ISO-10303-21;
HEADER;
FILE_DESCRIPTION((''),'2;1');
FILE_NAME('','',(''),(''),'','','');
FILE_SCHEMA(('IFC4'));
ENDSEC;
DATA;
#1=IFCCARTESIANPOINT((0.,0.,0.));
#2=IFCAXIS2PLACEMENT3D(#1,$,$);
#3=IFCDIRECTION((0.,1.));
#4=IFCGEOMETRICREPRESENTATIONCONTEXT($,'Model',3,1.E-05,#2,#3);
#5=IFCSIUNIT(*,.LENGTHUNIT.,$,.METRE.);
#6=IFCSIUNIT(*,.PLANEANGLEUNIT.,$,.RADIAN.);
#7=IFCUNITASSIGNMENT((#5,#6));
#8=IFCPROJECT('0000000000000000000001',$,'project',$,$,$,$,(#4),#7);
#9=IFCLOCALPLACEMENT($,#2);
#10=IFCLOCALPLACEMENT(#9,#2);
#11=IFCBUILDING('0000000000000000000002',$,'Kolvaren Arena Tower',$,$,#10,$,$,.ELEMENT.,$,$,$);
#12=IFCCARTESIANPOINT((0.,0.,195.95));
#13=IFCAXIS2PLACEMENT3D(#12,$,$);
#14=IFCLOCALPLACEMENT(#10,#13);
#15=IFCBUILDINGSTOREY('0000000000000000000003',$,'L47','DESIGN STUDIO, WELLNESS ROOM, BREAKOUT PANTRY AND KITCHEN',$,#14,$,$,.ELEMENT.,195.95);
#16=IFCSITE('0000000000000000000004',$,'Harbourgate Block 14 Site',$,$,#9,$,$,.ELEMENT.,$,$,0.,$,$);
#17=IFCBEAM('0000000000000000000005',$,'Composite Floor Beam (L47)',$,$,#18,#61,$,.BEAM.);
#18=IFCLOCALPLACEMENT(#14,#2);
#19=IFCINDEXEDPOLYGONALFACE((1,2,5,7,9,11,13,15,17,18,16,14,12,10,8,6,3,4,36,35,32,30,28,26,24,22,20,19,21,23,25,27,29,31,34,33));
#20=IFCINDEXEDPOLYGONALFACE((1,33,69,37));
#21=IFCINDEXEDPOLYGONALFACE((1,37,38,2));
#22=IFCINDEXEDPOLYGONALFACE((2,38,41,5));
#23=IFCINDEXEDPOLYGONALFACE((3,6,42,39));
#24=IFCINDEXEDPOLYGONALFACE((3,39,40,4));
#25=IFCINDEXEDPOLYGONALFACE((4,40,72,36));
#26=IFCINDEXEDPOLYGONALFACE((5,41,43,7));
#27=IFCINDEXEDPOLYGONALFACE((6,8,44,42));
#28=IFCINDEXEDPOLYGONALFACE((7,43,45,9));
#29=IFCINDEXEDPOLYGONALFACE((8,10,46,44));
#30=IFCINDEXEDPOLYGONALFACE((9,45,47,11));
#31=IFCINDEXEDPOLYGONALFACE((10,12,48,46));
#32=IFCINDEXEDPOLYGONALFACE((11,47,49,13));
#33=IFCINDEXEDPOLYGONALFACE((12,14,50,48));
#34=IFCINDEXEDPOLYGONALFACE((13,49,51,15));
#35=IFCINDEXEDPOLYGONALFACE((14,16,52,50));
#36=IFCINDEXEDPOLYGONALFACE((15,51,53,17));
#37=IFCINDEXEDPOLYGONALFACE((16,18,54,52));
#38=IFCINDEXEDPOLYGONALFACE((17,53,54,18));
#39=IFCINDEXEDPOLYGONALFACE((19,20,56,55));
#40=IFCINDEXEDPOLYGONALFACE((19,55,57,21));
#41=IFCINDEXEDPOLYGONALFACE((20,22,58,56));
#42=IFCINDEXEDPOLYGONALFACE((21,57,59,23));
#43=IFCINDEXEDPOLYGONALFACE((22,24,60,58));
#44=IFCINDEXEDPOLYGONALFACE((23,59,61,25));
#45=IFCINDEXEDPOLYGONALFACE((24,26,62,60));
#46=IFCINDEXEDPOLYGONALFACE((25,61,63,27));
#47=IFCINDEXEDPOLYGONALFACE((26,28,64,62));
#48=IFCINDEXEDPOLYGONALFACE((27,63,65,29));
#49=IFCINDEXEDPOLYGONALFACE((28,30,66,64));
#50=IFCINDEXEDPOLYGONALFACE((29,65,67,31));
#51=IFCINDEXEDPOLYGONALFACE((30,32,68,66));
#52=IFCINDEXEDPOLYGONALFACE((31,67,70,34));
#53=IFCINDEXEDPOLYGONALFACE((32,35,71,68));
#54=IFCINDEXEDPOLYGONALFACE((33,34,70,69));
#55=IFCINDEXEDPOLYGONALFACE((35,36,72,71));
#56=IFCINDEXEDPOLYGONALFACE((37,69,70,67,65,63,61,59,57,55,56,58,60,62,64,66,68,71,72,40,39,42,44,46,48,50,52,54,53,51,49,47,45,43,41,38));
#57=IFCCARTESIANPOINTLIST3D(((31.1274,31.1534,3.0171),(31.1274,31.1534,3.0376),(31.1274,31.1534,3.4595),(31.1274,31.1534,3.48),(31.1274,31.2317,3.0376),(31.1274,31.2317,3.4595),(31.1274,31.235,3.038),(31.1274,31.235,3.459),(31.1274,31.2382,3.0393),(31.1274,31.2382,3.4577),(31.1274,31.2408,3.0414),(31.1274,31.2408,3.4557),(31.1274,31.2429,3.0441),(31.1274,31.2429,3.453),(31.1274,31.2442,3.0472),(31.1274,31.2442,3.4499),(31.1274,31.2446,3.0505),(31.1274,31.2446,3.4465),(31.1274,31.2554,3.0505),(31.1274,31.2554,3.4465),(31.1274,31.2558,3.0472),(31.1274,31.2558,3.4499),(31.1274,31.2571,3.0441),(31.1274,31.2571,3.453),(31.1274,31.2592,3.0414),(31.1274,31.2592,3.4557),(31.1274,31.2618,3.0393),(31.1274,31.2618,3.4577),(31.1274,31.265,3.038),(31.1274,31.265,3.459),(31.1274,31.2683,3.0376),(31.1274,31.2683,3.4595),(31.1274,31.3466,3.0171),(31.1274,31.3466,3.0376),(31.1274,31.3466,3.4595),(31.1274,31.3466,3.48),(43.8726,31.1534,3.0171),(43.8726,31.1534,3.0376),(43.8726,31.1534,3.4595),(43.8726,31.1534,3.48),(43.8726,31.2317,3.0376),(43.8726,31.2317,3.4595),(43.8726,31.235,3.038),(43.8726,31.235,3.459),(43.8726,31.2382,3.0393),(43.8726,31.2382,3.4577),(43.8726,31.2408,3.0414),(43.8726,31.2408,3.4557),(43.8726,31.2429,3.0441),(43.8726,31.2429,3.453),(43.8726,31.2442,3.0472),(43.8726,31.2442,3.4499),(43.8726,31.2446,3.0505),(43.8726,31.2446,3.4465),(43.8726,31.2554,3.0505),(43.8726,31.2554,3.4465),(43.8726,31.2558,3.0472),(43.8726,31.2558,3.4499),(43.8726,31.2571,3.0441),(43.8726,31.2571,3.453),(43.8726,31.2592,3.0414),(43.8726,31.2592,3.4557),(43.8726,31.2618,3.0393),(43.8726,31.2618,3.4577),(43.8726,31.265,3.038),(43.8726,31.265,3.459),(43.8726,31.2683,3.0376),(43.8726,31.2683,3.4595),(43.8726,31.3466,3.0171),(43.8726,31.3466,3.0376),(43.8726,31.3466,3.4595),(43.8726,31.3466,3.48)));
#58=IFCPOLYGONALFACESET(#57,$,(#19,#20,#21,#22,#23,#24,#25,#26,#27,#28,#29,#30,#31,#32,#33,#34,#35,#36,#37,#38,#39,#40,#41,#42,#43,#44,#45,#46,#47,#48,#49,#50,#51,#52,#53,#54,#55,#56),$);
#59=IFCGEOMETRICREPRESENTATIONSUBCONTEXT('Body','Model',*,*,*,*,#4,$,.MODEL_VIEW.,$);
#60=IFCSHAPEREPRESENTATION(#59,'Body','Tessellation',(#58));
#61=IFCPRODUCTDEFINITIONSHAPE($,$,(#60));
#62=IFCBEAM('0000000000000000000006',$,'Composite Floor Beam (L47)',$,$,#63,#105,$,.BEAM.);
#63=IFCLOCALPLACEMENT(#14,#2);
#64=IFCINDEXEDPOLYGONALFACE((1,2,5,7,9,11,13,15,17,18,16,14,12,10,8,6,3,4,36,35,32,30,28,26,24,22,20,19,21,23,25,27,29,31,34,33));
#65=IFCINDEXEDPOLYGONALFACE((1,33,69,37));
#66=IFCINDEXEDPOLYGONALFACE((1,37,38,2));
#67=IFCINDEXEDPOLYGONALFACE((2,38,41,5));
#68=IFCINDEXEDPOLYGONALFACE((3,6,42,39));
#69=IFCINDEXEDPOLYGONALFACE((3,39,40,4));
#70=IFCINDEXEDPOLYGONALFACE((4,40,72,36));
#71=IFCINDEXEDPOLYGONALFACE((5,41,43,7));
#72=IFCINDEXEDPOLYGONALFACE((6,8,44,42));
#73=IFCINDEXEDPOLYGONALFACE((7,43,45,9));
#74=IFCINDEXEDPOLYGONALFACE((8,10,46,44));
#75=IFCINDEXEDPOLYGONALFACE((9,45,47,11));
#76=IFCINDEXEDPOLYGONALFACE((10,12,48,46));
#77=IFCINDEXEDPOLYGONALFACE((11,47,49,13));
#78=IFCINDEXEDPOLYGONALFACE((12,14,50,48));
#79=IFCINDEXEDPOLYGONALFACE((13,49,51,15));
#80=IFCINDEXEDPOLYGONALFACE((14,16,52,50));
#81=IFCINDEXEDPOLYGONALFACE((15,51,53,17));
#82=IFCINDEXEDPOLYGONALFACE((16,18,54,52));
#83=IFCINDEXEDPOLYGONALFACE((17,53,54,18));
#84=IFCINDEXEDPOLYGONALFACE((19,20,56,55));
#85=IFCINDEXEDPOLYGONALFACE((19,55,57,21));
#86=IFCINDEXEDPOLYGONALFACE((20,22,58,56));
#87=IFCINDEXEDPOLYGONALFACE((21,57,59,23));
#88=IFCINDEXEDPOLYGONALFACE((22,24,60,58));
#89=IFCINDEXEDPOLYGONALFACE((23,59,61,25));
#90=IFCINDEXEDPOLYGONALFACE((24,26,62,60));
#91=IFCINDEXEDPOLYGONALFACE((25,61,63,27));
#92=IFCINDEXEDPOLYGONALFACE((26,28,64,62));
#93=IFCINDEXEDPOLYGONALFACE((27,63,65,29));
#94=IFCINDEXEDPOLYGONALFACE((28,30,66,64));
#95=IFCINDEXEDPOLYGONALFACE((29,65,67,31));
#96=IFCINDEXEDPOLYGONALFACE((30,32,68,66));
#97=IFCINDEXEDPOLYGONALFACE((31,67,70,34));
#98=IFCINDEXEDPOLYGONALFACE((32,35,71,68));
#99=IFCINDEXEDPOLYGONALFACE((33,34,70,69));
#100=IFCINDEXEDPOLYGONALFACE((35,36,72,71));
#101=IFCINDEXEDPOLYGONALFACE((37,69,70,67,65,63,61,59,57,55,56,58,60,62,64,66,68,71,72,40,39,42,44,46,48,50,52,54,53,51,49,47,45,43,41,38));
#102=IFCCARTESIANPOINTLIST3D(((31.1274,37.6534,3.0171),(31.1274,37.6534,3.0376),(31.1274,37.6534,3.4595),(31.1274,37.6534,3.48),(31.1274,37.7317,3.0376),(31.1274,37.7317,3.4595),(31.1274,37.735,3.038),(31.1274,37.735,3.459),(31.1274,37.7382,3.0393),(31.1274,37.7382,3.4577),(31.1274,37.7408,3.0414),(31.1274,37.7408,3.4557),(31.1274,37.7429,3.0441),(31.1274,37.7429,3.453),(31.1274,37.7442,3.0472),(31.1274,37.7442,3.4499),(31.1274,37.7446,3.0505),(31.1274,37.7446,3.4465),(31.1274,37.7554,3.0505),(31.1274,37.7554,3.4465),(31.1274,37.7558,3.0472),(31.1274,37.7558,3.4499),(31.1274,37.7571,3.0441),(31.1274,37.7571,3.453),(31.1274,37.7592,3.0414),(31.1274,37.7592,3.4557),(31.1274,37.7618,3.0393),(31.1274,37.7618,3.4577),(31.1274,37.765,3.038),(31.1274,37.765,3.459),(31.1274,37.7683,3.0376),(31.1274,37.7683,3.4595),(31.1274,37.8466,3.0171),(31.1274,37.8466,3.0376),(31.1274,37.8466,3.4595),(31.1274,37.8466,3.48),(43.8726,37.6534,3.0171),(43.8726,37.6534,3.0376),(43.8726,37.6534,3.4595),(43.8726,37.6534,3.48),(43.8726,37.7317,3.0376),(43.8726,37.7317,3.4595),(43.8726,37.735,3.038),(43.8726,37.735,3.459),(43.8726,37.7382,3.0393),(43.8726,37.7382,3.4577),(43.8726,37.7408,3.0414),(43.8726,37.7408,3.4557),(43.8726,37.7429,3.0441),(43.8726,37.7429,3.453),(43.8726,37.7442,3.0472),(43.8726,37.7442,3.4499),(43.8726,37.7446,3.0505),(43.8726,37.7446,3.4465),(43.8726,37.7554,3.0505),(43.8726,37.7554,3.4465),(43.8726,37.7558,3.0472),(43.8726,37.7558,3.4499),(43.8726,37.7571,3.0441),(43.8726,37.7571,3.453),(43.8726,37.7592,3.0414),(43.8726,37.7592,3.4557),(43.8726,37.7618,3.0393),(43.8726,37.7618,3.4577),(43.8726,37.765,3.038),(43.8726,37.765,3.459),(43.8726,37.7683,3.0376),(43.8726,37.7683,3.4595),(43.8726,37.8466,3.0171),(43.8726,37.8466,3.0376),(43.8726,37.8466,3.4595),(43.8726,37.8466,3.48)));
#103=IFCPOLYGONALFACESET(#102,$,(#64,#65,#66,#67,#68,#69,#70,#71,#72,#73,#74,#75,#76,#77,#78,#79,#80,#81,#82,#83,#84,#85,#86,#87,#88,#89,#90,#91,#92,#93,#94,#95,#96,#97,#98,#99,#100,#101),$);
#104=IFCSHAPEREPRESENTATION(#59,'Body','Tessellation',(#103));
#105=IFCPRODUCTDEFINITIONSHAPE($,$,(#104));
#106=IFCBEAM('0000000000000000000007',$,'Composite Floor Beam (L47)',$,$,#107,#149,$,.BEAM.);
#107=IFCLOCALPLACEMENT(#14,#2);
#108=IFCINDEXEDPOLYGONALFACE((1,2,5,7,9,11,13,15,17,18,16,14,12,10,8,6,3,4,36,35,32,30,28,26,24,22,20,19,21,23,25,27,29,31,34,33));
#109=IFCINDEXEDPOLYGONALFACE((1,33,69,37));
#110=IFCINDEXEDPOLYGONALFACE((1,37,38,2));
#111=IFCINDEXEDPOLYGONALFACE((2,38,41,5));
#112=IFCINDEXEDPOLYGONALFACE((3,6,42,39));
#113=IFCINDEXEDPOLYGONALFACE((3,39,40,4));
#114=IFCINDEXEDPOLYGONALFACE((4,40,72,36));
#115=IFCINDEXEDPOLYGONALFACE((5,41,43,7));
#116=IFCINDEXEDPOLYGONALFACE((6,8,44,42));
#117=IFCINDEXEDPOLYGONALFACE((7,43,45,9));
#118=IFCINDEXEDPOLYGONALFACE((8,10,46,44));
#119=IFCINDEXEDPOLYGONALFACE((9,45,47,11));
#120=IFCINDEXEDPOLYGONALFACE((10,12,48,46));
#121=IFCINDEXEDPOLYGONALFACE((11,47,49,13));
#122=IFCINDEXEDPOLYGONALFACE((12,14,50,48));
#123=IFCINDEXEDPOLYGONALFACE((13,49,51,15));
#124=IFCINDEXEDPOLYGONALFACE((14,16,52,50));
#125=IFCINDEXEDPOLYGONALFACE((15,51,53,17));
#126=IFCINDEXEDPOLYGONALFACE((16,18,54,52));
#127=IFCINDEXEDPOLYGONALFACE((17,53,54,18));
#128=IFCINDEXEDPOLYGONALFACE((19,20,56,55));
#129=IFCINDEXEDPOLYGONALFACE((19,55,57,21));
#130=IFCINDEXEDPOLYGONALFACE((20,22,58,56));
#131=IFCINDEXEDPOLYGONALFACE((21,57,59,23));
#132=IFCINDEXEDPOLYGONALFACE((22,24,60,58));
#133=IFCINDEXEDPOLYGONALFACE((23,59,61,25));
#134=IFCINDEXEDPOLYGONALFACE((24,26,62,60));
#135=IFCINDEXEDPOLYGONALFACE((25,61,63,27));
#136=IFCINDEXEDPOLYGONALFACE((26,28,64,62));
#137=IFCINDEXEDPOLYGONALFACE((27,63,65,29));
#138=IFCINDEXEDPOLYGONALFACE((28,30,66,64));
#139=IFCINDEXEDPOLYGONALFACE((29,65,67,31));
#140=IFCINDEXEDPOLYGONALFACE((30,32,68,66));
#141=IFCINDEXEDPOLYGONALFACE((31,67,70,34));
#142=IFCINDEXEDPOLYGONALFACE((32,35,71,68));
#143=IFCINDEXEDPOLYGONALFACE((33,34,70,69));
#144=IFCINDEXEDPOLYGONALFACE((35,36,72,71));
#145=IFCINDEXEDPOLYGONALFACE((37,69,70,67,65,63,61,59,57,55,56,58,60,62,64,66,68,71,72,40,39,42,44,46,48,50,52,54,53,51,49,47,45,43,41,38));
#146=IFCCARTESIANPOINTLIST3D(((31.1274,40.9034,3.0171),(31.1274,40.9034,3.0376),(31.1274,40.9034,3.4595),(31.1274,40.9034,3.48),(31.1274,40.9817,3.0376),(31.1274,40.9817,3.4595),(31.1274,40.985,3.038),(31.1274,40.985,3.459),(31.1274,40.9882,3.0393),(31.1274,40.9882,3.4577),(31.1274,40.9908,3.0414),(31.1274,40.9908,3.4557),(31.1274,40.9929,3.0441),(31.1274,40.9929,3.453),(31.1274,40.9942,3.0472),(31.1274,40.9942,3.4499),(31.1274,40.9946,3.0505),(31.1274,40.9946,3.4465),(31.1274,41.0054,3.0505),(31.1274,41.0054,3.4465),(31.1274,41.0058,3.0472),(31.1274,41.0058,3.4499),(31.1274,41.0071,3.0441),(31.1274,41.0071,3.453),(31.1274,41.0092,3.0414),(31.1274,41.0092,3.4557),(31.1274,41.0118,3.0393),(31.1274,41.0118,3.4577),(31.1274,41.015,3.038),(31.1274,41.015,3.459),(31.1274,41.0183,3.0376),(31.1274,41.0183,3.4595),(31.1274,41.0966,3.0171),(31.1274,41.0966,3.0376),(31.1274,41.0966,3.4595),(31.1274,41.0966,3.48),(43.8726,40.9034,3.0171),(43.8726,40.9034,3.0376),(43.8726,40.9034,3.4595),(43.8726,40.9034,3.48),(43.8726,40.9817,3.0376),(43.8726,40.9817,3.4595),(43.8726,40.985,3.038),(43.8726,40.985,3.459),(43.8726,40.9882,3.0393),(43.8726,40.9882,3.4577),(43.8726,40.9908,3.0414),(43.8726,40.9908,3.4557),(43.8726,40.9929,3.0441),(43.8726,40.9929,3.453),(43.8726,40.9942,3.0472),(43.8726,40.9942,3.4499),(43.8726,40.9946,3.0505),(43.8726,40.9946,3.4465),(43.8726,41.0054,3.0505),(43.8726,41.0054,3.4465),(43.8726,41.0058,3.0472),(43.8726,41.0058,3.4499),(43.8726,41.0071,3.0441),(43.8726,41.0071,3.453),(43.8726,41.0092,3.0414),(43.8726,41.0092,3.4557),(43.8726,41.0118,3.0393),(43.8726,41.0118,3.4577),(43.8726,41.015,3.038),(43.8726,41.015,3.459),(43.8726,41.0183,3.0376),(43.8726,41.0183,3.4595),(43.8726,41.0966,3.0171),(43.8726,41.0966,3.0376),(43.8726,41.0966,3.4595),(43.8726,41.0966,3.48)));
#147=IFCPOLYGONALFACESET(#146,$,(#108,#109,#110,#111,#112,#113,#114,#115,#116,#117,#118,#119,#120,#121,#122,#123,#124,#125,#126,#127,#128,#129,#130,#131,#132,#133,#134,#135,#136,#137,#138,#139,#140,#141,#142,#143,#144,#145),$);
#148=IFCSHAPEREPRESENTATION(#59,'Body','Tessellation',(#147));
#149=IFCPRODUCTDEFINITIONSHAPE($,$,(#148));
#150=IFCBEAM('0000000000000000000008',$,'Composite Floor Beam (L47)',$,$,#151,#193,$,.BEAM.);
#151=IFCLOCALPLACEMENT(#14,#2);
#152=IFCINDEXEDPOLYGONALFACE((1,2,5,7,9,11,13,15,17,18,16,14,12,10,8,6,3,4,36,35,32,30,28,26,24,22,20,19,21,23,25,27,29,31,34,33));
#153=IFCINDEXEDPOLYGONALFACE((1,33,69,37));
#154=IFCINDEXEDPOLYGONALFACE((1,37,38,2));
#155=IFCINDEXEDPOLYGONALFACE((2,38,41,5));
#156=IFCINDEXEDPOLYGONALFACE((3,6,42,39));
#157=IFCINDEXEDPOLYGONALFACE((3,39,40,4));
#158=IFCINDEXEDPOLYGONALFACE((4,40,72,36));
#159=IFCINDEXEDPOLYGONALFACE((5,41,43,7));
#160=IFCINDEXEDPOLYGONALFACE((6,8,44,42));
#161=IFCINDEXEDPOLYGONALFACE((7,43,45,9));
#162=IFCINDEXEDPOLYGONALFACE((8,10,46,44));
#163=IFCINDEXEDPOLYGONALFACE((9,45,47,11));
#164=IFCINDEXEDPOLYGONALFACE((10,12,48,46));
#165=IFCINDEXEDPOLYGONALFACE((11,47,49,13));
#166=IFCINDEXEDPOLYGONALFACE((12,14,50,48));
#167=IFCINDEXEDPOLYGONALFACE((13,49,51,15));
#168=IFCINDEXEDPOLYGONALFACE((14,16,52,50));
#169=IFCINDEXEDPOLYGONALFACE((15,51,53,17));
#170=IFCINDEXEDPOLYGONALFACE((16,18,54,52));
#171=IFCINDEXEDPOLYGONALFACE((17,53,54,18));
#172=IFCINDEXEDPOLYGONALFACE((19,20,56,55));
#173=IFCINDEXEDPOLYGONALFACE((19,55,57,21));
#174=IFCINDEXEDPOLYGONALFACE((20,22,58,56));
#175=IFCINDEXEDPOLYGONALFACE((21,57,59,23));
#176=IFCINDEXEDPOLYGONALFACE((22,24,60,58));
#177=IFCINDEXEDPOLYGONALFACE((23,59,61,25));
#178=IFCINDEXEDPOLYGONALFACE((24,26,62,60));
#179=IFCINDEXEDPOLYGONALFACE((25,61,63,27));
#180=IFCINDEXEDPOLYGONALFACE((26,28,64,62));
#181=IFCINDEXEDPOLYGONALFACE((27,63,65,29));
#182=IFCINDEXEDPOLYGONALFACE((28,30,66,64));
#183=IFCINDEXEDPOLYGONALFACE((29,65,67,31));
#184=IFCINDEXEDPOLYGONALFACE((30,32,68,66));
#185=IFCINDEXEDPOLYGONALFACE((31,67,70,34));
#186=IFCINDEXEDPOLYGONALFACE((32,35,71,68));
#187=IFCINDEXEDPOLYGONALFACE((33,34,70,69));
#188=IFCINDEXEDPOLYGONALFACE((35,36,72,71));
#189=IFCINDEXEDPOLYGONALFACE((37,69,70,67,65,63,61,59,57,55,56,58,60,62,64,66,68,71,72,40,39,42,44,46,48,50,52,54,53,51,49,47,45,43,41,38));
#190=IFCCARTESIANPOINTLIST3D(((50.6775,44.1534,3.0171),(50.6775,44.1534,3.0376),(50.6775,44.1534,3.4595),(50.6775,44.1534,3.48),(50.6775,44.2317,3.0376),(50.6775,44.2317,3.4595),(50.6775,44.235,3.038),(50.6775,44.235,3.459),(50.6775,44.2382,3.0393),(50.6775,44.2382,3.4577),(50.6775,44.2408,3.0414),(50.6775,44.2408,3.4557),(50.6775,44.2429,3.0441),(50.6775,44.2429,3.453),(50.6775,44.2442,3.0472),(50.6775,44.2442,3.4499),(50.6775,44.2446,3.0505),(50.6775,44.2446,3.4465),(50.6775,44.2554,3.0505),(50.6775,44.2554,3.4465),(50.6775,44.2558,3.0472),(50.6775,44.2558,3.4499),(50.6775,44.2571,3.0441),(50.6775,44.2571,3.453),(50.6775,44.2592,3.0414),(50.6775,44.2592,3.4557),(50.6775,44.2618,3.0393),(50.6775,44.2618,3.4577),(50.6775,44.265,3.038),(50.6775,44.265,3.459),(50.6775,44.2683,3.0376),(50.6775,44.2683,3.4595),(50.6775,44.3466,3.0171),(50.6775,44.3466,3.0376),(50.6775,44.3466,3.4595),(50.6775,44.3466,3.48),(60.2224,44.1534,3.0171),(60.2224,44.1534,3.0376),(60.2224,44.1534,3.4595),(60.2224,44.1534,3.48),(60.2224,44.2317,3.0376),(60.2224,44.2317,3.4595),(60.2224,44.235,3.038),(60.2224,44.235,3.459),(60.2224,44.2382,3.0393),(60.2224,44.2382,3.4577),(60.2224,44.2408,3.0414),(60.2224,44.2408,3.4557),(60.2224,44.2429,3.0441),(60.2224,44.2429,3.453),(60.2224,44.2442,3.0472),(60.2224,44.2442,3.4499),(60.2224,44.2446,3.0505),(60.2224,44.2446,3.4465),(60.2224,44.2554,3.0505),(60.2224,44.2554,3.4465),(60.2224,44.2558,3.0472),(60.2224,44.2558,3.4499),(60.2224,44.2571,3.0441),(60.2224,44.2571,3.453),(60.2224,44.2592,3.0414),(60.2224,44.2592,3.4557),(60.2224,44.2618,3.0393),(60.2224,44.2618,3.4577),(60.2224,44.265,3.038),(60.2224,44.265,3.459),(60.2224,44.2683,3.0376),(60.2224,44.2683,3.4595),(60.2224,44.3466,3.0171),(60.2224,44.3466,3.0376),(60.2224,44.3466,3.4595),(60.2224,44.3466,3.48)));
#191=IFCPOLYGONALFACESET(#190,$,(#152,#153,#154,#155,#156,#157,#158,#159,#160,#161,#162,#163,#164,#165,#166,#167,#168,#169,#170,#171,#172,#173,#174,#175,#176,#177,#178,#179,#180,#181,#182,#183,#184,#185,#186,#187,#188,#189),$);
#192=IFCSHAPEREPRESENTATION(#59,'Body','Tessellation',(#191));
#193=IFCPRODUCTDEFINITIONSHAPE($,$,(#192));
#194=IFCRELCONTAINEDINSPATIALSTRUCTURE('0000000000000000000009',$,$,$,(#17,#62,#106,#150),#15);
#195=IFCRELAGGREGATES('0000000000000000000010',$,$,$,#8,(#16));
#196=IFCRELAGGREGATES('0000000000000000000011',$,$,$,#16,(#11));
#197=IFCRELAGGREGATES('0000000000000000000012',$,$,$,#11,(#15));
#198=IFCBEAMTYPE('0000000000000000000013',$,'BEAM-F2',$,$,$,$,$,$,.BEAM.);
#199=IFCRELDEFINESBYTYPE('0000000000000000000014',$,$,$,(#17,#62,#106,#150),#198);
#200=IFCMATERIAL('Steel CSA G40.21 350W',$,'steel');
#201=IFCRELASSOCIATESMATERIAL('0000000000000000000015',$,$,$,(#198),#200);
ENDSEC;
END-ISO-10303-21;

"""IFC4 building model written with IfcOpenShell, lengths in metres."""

from ifc_helpers import new_model, si_unit, direction, frame, origin, origin_2d, place, context, subcontext, project, spatial, i_section, extrude, material, material_profile, profile_set, type_object, element, save


model = new_model("IFC4")

# Units and contexts
model_context = context("Model", 3, precision=1e-05, world=origin(), true_north=direction((0.0, 1.0)))
body_context = subcontext(model_context, "Body", "Model", "MODEL_VIEW")
ifc_project = project(units=[si_unit("LENGTHUNIT", "METRE"), si_unit("PLANEANGLEUNIT", "RADIAN")], contexts=[model_context])

# Site, building, storey
site_placement = place(None, origin())
site = spatial("IfcSite", under=ifc_project, at=site_placement, Name="Harbourgate Block 14 Site", CompositionType="ELEMENT", RefElevation=0.0)
building_placement = place(site_placement, origin())
building = spatial("IfcBuilding", under=site, at=building_placement, Name="Kolvaren Arena Tower", CompositionType="ELEMENT")
storey_placement = place(building_placement, frame((0.0, 0.0, 195.95)))
storey = spatial("IfcBuildingStorey", under=building, at=storey_placement, Name="L47", Description="DESIGN STUDIO, WELLNESS ROOM, BREAKOUT PANTRY AND KITCHEN", CompositionType="ELEMENT", Elevation=195.95)

# Beams
ifc_material_1 = material(Name="Steel CSA G40.21 350W", Category="steel")
ifc_material_profile_1 = material_profile(ifc_material_1, i_section(OverallWidth=0.1931, OverallDepth=0.4629, WebThickness=0.0107, FlangeThickness=0.0205, FilletRadius=0.0129, at=origin_2d()), Name="W460x113")
ifc_profile_set_1 = profile_set([ifc_material_profile_1], Name="Steel CSA G40.21 350W")
beam_type_1 = type_object("IfcBeamType", Name="BEAM-F2", PredefinedType="BEAM", material=ifc_profile_set_1)
for number, where, z_axis, x_axis, name in (
    (1, (31.1274, 31.25, 3.2485), (1.0, 0.0, 0.0), (0.0, 1.0, 0.0), "Composite Floor Beam (L47)"),
    (2, (31.1274, 37.75, 3.2485), (1.0, 0.0, 0.0), (0.0, 1.0, 0.0), "Composite Floor Beam (L47)"),
    (3, (31.1274, 41.0, 3.2485), (1.0, 0.0, 0.0), (0.0, 1.0, 0.0), "Composite Floor Beam (L47)"),
):
    element("IfcBeam", number, at=place(storey_placement, frame(where, z_axis=z_axis, x_axis=x_axis)), inside=storey, type_object=beam_type_1, Name=name, PredefinedType="BEAM", context=body_context, shape_type="SweptSolid", body=[
        extrude(i_section(OverallWidth=0.1931, OverallDepth=0.4629, WebThickness=0.0107, FlangeThickness=0.0205, FilletRadius=0.0129, at=origin_2d()), origin(), (0.0, 0.0, 1.0), 12.7451),
    ])
beam_1_placement = place(storey_placement, frame((50.6775, 44.25, 3.2485), z_axis=(1.0, 0.0, 0.0), x_axis=(0.0, 1.0, 0.0)))
element("IfcBeam", 4, at=beam_1_placement, inside=storey, type_object=beam_type_1, Name="Composite Floor Beam (L47)", PredefinedType="BEAM", context=body_context, shape_type="SweptSolid", body=[
    extrude(i_section(OverallWidth=0.1931, OverallDepth=0.4629, WebThickness=0.0107, FlangeThickness=0.0205, FilletRadius=0.0129, at=origin_2d()), origin(), (0.0, 0.0, 1.0), 9.5449),
])

save(model, "model.ifc")
